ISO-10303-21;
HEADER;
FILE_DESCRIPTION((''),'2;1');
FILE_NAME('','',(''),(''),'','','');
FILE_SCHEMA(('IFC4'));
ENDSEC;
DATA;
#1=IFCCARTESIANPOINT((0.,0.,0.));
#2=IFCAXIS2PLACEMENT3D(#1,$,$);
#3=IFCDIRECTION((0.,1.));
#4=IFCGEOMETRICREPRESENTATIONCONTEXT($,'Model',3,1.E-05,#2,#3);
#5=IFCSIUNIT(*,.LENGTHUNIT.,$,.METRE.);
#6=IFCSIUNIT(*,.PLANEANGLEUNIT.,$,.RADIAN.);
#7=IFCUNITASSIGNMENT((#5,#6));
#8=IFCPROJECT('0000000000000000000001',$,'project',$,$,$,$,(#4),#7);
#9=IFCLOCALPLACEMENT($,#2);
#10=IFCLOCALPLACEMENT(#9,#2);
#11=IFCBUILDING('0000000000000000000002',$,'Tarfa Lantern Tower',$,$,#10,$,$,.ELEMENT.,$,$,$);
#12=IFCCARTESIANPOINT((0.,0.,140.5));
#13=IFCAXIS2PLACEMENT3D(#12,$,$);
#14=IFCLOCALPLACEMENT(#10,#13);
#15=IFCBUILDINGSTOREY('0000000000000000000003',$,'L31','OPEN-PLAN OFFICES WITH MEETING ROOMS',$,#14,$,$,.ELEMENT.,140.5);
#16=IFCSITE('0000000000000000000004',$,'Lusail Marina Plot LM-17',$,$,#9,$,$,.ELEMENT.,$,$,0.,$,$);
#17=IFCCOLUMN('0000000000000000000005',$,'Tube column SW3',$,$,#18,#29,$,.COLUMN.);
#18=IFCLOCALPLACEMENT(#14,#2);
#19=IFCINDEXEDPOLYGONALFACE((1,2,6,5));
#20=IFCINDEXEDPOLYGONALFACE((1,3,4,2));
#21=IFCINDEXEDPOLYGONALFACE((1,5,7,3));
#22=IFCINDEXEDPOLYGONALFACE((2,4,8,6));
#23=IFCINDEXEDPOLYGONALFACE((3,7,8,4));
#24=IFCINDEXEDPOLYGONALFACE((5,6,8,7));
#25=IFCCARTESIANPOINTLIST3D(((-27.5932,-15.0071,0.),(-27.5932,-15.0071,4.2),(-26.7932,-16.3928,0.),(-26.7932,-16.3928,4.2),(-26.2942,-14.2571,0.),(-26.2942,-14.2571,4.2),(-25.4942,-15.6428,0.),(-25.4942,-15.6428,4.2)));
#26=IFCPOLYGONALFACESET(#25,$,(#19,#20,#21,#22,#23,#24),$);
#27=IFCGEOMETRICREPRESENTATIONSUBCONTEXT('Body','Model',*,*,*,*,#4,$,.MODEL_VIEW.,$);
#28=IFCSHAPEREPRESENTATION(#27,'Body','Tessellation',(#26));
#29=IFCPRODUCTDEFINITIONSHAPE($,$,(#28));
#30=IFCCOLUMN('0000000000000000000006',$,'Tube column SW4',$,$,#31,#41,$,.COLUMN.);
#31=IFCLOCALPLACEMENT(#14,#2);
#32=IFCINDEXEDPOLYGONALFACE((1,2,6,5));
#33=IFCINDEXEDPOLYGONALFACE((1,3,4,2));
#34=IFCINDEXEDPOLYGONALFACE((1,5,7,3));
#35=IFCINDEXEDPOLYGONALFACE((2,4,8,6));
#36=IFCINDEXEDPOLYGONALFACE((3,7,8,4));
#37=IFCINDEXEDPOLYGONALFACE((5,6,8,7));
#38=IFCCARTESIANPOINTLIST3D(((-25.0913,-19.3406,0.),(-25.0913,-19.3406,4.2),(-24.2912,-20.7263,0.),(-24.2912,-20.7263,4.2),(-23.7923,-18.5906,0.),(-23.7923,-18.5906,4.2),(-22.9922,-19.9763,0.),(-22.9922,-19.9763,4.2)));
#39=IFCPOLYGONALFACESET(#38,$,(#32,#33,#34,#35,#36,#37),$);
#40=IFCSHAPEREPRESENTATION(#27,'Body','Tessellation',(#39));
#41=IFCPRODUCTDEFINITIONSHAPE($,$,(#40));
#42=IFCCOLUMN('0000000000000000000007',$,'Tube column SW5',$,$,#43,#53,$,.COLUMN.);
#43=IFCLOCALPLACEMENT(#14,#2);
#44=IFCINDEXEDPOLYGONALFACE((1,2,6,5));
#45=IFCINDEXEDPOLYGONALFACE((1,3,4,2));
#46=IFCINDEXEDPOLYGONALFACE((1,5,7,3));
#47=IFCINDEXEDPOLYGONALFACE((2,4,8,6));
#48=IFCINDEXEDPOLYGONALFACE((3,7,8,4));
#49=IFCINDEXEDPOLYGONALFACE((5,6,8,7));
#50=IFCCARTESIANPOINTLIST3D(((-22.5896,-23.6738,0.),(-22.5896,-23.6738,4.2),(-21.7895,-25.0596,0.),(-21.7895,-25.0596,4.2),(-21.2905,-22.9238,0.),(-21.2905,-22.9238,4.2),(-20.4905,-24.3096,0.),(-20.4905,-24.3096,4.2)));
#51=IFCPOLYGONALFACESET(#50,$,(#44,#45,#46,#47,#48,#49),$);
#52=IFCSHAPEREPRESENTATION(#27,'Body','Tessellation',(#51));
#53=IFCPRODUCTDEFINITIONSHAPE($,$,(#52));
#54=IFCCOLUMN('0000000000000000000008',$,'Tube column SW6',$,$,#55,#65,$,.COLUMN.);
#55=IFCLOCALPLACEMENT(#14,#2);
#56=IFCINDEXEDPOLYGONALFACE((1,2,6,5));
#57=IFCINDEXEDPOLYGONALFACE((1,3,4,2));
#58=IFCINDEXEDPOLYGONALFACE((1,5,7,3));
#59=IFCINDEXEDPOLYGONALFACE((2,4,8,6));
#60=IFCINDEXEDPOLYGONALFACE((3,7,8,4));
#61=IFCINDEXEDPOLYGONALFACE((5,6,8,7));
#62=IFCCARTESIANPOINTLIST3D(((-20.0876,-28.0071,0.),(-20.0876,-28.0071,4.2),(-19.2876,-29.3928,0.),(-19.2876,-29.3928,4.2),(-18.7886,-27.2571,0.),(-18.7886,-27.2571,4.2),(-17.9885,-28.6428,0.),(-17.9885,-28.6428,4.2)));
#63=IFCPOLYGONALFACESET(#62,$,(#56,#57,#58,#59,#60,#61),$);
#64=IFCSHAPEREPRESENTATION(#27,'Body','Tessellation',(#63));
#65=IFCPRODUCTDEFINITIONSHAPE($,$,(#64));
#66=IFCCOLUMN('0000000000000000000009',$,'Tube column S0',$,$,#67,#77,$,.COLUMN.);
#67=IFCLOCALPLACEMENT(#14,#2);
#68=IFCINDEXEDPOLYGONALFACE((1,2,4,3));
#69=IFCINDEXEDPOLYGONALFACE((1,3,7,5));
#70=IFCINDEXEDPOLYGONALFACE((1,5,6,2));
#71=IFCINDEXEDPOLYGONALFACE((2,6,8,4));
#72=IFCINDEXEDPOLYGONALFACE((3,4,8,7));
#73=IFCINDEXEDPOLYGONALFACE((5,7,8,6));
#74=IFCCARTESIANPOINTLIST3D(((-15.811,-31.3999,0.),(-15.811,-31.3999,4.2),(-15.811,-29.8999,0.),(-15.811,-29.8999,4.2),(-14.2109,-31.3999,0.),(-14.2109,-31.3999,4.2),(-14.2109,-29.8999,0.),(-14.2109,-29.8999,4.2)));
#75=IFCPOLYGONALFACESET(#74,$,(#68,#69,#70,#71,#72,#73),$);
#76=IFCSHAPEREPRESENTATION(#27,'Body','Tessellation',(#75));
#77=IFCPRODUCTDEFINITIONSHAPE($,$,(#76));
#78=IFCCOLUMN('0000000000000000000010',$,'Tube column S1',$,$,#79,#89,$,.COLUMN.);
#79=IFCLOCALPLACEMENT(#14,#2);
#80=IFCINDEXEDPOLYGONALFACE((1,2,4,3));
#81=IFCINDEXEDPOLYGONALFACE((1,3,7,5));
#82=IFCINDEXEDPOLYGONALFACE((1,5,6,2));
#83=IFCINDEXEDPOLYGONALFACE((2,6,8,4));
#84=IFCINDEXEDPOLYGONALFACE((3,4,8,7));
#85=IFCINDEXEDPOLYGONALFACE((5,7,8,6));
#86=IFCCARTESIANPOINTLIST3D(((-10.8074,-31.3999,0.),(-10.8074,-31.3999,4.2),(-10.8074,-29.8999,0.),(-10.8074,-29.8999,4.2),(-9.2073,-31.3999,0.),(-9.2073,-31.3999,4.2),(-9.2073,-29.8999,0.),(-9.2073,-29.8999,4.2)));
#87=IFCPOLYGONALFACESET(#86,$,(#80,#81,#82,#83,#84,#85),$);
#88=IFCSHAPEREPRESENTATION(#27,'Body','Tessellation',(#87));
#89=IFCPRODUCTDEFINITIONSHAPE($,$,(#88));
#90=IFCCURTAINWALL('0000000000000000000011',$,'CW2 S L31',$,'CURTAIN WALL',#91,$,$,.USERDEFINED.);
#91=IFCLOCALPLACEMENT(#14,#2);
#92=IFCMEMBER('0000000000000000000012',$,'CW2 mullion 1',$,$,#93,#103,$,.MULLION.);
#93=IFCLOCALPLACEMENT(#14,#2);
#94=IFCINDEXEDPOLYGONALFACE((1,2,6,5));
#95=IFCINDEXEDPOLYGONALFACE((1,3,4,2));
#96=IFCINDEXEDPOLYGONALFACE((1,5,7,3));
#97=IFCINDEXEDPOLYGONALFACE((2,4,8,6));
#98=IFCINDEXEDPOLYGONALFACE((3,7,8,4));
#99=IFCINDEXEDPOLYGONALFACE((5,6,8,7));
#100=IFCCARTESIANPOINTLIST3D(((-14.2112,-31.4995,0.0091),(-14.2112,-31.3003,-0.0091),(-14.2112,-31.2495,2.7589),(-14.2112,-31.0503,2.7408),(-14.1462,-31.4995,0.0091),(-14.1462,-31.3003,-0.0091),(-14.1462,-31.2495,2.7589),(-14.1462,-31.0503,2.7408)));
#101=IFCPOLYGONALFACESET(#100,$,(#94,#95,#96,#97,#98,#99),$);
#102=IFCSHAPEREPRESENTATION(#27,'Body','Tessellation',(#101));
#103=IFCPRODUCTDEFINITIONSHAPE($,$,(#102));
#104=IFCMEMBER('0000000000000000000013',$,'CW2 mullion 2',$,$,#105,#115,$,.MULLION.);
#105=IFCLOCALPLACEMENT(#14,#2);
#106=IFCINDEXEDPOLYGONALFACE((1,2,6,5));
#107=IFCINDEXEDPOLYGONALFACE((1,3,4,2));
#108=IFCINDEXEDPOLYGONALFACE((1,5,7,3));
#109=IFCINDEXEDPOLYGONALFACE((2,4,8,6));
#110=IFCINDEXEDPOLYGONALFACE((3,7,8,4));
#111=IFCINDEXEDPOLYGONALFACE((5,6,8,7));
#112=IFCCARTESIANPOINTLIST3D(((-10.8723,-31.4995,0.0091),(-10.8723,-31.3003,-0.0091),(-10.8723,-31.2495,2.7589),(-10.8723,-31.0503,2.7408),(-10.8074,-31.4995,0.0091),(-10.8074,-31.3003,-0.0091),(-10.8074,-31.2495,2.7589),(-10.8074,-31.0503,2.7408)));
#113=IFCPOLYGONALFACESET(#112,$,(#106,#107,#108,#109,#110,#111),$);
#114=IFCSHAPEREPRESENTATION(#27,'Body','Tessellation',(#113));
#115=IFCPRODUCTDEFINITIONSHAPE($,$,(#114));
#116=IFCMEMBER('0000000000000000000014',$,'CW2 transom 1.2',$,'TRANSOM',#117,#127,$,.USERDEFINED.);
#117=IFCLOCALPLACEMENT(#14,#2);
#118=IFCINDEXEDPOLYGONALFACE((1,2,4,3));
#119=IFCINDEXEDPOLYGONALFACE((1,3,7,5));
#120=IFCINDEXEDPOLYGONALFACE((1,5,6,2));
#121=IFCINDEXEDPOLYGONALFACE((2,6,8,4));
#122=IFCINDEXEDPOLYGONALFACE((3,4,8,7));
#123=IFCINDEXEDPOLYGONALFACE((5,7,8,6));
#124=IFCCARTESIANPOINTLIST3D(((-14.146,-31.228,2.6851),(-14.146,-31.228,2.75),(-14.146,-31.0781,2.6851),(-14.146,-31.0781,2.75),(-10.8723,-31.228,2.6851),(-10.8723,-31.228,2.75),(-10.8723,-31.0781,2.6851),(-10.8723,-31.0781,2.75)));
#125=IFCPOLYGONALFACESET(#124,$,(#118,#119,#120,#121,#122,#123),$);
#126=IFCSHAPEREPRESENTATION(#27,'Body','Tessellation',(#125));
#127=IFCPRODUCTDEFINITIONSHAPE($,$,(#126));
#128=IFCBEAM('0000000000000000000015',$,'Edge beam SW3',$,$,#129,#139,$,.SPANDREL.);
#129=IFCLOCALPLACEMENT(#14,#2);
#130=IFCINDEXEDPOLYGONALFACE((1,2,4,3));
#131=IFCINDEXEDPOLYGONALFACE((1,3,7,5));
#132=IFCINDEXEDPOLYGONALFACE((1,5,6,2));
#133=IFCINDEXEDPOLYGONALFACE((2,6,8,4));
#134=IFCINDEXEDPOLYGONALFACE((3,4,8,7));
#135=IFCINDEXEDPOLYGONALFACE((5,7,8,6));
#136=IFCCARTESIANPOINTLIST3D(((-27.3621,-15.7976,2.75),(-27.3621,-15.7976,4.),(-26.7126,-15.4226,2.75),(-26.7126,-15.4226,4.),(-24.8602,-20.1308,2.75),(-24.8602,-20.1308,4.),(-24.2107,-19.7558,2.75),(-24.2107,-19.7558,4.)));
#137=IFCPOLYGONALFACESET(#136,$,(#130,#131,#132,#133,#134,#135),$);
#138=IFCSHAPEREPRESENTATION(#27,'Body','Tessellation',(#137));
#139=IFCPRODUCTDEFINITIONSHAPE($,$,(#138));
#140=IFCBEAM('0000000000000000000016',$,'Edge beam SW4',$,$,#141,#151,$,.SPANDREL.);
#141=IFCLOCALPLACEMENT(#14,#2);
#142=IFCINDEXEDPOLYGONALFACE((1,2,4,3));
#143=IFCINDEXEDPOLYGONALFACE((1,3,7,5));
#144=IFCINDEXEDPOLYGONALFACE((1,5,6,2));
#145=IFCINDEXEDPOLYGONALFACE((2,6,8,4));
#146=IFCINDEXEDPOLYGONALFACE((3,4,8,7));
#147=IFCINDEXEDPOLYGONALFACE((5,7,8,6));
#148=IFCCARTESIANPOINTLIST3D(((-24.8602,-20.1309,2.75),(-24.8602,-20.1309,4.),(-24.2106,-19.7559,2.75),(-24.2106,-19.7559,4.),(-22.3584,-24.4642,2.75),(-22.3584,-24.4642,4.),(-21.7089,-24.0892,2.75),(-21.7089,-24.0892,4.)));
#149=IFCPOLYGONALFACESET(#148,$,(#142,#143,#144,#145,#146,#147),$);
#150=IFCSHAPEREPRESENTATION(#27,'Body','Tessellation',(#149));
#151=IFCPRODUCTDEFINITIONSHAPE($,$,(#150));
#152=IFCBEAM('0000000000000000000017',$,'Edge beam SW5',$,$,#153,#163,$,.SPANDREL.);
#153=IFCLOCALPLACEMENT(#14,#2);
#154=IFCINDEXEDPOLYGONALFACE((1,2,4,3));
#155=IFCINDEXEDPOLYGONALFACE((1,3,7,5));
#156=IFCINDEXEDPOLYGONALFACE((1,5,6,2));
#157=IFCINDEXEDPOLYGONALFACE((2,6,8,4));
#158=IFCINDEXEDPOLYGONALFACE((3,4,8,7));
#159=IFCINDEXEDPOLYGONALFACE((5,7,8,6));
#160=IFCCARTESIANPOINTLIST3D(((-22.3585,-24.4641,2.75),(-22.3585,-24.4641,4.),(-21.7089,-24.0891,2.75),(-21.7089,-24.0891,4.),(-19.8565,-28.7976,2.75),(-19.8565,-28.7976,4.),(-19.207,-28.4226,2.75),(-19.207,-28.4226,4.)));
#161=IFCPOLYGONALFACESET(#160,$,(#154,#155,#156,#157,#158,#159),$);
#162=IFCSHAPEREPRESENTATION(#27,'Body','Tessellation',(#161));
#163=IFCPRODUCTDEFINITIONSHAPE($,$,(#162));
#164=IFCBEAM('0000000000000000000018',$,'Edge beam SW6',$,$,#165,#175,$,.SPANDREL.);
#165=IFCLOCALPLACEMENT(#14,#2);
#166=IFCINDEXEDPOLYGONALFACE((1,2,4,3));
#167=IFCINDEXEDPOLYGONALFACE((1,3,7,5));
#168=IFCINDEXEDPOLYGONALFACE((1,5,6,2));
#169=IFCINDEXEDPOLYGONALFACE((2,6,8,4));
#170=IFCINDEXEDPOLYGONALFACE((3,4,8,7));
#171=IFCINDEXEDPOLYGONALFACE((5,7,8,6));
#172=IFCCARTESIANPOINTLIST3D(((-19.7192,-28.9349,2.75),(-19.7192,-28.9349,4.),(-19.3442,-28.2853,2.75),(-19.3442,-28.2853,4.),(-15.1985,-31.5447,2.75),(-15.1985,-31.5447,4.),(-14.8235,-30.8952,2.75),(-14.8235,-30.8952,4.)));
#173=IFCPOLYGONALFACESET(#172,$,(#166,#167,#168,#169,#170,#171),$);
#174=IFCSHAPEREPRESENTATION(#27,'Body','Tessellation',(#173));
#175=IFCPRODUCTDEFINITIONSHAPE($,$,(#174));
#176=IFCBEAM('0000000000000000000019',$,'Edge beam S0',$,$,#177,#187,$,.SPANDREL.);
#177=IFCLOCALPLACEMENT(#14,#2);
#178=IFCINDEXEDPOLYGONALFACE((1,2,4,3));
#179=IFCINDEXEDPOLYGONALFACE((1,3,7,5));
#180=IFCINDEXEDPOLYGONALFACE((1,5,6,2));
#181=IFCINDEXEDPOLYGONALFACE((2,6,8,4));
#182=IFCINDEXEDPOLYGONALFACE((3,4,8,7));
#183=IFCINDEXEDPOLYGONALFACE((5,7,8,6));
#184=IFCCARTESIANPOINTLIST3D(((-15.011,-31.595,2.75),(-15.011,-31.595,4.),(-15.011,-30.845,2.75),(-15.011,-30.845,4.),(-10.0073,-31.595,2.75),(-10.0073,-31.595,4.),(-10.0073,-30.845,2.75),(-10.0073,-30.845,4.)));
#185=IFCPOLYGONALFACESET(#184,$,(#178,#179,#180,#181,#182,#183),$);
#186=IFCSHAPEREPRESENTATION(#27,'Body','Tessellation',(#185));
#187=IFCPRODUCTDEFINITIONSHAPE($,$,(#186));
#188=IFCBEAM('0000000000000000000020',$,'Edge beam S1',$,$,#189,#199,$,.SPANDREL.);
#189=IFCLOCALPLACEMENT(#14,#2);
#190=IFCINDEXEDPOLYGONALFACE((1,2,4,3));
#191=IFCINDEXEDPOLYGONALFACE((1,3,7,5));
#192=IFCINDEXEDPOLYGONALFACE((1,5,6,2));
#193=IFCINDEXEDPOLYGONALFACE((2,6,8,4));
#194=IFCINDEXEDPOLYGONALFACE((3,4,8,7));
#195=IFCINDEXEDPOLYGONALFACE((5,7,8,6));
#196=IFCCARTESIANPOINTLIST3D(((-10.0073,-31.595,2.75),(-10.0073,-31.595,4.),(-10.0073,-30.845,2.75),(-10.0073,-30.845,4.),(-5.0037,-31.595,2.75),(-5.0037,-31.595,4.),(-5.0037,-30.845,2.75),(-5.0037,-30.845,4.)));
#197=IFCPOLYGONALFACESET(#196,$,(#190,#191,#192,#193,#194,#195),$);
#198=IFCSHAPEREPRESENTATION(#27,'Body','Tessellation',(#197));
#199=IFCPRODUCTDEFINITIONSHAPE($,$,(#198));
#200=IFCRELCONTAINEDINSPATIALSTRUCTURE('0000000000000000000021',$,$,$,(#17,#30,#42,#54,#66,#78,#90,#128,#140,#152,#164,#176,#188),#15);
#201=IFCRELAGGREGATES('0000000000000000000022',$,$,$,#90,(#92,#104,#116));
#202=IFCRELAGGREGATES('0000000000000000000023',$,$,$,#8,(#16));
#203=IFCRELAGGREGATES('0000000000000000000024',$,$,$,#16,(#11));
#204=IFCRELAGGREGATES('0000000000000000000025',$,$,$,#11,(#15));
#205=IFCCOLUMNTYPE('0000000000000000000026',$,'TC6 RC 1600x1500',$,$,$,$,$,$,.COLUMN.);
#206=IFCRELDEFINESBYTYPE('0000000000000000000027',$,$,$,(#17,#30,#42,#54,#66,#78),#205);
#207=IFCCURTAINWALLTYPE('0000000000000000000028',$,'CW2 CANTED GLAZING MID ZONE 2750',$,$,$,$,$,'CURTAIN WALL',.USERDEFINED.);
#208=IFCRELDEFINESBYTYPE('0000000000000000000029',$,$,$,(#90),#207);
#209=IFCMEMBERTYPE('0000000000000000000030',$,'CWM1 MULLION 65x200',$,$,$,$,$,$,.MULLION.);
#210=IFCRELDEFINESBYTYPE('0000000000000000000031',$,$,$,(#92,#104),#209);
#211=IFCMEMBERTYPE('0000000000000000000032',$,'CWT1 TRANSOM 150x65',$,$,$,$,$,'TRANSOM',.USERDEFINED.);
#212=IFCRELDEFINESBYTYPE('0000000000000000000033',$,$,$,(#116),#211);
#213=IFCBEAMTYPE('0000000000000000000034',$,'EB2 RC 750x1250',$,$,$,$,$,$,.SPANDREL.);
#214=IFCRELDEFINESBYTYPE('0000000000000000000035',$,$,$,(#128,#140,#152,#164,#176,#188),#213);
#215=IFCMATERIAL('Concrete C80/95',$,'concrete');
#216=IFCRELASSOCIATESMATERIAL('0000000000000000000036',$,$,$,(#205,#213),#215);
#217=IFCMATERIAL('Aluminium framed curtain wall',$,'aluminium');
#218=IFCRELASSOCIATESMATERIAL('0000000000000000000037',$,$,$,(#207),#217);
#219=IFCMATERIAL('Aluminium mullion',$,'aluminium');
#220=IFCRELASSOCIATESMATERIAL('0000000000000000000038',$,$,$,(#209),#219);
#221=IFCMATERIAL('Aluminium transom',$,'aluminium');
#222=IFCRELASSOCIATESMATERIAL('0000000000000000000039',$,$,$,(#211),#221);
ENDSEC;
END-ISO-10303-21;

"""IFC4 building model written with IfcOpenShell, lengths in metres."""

from ifc_helpers import new_model, si_unit, direction, frame, origin, origin_2d, place, context, subcontext, project, spatial, rectangle, extrude, material, material_profile, profile_set, type_object, element, aggregate, save


model = new_model("IFC4")

# Units and contexts
model_context = context("Model", 3, precision=1e-05, world=origin(), true_north=direction((0.0, 1.0)))
body_context = subcontext(model_context, "Body", "Model", "MODEL_VIEW")
ifc_project = project(units=[si_unit("LENGTHUNIT", "METRE"), si_unit("PLANEANGLEUNIT", "RADIAN")], contexts=[model_context])

# Site, building, storey
site_placement = place(None, origin())
site = spatial("IfcSite", under=ifc_project, at=site_placement, Name="Lusail Marina Plot LM-17", CompositionType="ELEMENT", RefElevation=0.0)
building_placement = place(site_placement, origin())
building = spatial("IfcBuilding", under=site, at=building_placement, Name="Tarfa Lantern Tower", CompositionType="ELEMENT")
storey_placement = place(building_placement, frame((0.0, 0.0, 140.5)))
storey = spatial("IfcBuildingStorey", under=building, at=storey_placement, Name="L31", Description="OPEN-PLAN OFFICES WITH MEETING ROOMS", CompositionType="ELEMENT", Elevation=140.5)

# Columns
ifc_material_1 = material(Name="Concrete C80/95", Category="concrete")
ifc_material_profile_1 = material_profile(ifc_material_1, rectangle(XDim=1.6001, YDim=1.5, at=origin_2d()), Name="RC 1600x1500")
ifc_profile_set_1 = profile_set([ifc_material_profile_1], Name="Concrete C80/95")
column_type = type_object("IfcColumnType", Name="TC6 RC 1600x1500", PredefinedType="COLUMN", material=ifc_profile_set_1)
for number, where, z_axis, x_axis, name in (
    (1, (-26.5437, -15.325, 0.0), (0.0, 0.0, 1.0), (0.5, -0.866025, 0.0), "Tube column SW3"),
    (2, (-24.0417, -19.6584, 0.0), (0.0, 0.0, 1.0), (0.5, -0.866025, 0.0), "Tube column SW4"),
    (3, (-21.54, -23.9917, 0.0), (0.0, 0.0, 1.0), (0.5, -0.866025, 0.0), "Tube column SW5"),
    (4, (-19.0381, -28.325, 0.0), (0.0, 0.0, 1.0), (0.5, -0.866025, 0.0), "Tube column SW6"),
    (5, (-15.011, -30.6499, 0.0), (0.0, 0.0, 1.0), (1.0, 0.0, 0.0), "Tube column S0"),
    (6, (-10.0073, -30.6499, 0.0), (0.0, 0.0, 1.0), (1.0, 0.0, 0.0), "Tube column S1"),
):
    element("IfcColumn", number, at=place(storey_placement, frame(where, z_axis=z_axis, x_axis=x_axis)), inside=storey, type_object=column_type, Name=name, PredefinedType="COLUMN", context=body_context, shape_type="SweptSolid", body=[
        extrude(rectangle(XDim=1.6001, YDim=1.5, at=origin_2d()), origin(), (0.0, 0.0, 1.0), 4.2),
    ])

# Curtain wall, members
ifc_material_2 = material(Name="Aluminium framed curtain wall", Category="aluminium")
curtain_wall_type = type_object("IfcCurtainWallType", Name="CW2 CANTED GLAZING MID ZONE 2750", ElementType="CURTAIN WALL", PredefinedType="USERDEFINED", material=ifc_material_2)
curtain_wall_placement = place(storey_placement, origin())
curtain_wall = element("IfcCurtainWall", 7, at=curtain_wall_placement, inside=storey, type_object=curtain_wall_type, Name="CW2 S L31", ObjectType="CURTAIN WALL", PredefinedType="USERDEFINED")
ifc_material_3 = material(Name="Aluminium mullion", Category="aluminium")
ifc_material_profile_2 = material_profile(ifc_material_3, rectangle(XDim=0.0649, YDim=0.2, at=origin_2d()), Name="AL MULLION 65x200")
ifc_profile_set_2 = profile_set([ifc_material_profile_2], Name="Aluminium mullion")
member_type_1 = type_object("IfcMemberType", Name="CWM1 MULLION 65x200", PredefinedType="MULLION", material=ifc_profile_set_2)
member_1_placement = place(storey_placement, frame((-14.1787, -31.3999, 0.0), z_axis=(0.0, 0.090536, 0.995893), x_axis=(-1.0, 0.0, 0.0)))
member_1 = element("IfcMember", 8, at=member_1_placement, type_object=member_type_1, Name="CW2 mullion 1", PredefinedType="MULLION", context=body_context, shape_type="SweptSolid", body=[
    extrude(rectangle(XDim=0.0649, YDim=0.2, at=origin_2d()), origin(), (0.0, 0.0, 1.0), 2.7612),
])
member_2_placement = place(storey_placement, frame((-10.8398, -31.3999, 0.0), z_axis=(0.0, 0.090536, 0.995893), x_axis=(-1.0, 0.0, 0.0)))
member_2 = element("IfcMember", 9, at=member_2_placement, type_object=member_type_1, Name="CW2 mullion 2", PredefinedType="MULLION", context=body_context, shape_type="SweptSolid", body=[
    extrude(rectangle(XDim=0.0649, YDim=0.2, at=origin_2d()), origin(), (0.0, 0.0, 1.0), 2.7612),
])
ifc_material_4 = material(Name="Aluminium transom", Category="aluminium")
ifc_material_profile_3 = material_profile(ifc_material_4, rectangle(XDim=0.1499, YDim=0.0649, at=origin_2d()), Name="AL TRANSOM 150x65")
ifc_profile_set_3 = profile_set([ifc_material_profile_3], Name="Aluminium transom")
member_type_2 = type_object("IfcMemberType", Name="CWT1 TRANSOM 150x65", ElementType="TRANSOM", PredefinedType="USERDEFINED", material=ifc_profile_set_3)
member_3_placement = place(storey_placement, frame((-14.146, -31.1531, 2.7175), z_axis=(1.0, 0.0, 0.0), x_axis=(0.0, 1.0, 0.0)))
member_3 = element("IfcMember", 10, at=member_3_placement, type_object=member_type_2, Name="CW2 transom 1.2", ObjectType="TRANSOM", PredefinedType="USERDEFINED", context=body_context, shape_type="SweptSolid", body=[
    extrude(rectangle(XDim=0.1499, YDim=0.0649, at=origin_2d()), origin(), (0.0, 0.0, 1.0), 3.2737),
])

# Beams
ifc_material_profile_4 = material_profile(ifc_material_1, rectangle(XDim=0.75, YDim=1.25, at=origin_2d()), Name="RC 750x1250")
ifc_profile_set_4 = profile_set([ifc_material_profile_4], Name="Concrete C80/95")
beam_type_1 = type_object("IfcBeamType", Name="EB2 RC 750x1250", PredefinedType="SPANDREL", material=ifc_profile_set_4)
for number, where, z_axis, x_axis, name in (
    (11, (-27.0374, -15.6101, 3.375), (0.500022, -0.866013, 0.0), (0.866013, 0.500022, 0.0), "Edge beam SW3"),
    (12, (-24.5354, -19.9434, 3.375), (0.499986, -0.866034, 0.0), (0.866034, 0.499986, 0.0), "Edge beam SW4"),
):
    element("IfcBeam", number, at=place(storey_placement, frame(where, z_axis=z_axis, x_axis=x_axis)), inside=storey, type_object=beam_type_1, Name=name, PredefinedType="SPANDREL", context=body_context, shape_type="SweptSolid", body=[
        extrude(rectangle(XDim=0.75, YDim=1.25, at=origin_2d()), origin(), (0.0, 0.0, 1.0), 5.0037),
    ])
beam_1_placement = place(storey_placement, frame((-22.0337, -24.2766, 3.375), z_axis=(0.500001, -0.866025, 0.0), x_axis=(0.866025, 0.500001, 0.0)))
element("IfcBeam", 13, at=beam_1_placement, inside=storey, type_object=beam_type_1, Name="Edge beam SW5", PredefinedType="SPANDREL", context=body_context, shape_type="SweptSolid", body=[
    extrude(rectangle(XDim=0.75, YDim=1.25, at=origin_2d()), origin(), (0.0, 0.0, 1.0), 5.0039),
])
beam_2_placement = place(storey_placement, frame((-19.5317, -28.6101, 3.375), z_axis=(0.866042, -0.499972, 0.0), x_axis=(0.499972, 0.866042, 0.0)))
element("IfcBeam", 14, at=beam_2_placement, inside=storey, type_object=beam_type_1, Name="Edge beam SW6", PredefinedType="SPANDREL", context=body_context, shape_type="SweptSolid", body=[
    extrude(rectangle(XDim=0.75, YDim=1.25, at=origin_2d()), origin(), (0.0, 0.0, 1.0), 5.22),
])
for number, where, z_axis, x_axis, name in (
    (15, (-15.011, -31.22, 3.375), (1.0, 0.0, 0.0), (0.0, 1.0, 0.0), "Edge beam S0"),
    (16, (-10.0073, -31.22, 3.375), (1.0, 0.0, 0.0), (0.0, 1.0, 0.0), "Edge beam S1"),
):
    element("IfcBeam", number, at=place(storey_placement, frame(where, z_axis=z_axis, x_axis=x_axis)), inside=storey, type_object=beam_type_1, Name=name, PredefinedType="SPANDREL", context=body_context, shape_type="SweptSolid", body=[
        extrude(rectangle(XDim=0.75, YDim=1.25, at=origin_2d()), origin(), (0.0, 0.0, 1.0), 5.0037),
    ])

aggregate(curtain_wall, [member_1, member_2, member_3])

save(model, "model.ifc")
